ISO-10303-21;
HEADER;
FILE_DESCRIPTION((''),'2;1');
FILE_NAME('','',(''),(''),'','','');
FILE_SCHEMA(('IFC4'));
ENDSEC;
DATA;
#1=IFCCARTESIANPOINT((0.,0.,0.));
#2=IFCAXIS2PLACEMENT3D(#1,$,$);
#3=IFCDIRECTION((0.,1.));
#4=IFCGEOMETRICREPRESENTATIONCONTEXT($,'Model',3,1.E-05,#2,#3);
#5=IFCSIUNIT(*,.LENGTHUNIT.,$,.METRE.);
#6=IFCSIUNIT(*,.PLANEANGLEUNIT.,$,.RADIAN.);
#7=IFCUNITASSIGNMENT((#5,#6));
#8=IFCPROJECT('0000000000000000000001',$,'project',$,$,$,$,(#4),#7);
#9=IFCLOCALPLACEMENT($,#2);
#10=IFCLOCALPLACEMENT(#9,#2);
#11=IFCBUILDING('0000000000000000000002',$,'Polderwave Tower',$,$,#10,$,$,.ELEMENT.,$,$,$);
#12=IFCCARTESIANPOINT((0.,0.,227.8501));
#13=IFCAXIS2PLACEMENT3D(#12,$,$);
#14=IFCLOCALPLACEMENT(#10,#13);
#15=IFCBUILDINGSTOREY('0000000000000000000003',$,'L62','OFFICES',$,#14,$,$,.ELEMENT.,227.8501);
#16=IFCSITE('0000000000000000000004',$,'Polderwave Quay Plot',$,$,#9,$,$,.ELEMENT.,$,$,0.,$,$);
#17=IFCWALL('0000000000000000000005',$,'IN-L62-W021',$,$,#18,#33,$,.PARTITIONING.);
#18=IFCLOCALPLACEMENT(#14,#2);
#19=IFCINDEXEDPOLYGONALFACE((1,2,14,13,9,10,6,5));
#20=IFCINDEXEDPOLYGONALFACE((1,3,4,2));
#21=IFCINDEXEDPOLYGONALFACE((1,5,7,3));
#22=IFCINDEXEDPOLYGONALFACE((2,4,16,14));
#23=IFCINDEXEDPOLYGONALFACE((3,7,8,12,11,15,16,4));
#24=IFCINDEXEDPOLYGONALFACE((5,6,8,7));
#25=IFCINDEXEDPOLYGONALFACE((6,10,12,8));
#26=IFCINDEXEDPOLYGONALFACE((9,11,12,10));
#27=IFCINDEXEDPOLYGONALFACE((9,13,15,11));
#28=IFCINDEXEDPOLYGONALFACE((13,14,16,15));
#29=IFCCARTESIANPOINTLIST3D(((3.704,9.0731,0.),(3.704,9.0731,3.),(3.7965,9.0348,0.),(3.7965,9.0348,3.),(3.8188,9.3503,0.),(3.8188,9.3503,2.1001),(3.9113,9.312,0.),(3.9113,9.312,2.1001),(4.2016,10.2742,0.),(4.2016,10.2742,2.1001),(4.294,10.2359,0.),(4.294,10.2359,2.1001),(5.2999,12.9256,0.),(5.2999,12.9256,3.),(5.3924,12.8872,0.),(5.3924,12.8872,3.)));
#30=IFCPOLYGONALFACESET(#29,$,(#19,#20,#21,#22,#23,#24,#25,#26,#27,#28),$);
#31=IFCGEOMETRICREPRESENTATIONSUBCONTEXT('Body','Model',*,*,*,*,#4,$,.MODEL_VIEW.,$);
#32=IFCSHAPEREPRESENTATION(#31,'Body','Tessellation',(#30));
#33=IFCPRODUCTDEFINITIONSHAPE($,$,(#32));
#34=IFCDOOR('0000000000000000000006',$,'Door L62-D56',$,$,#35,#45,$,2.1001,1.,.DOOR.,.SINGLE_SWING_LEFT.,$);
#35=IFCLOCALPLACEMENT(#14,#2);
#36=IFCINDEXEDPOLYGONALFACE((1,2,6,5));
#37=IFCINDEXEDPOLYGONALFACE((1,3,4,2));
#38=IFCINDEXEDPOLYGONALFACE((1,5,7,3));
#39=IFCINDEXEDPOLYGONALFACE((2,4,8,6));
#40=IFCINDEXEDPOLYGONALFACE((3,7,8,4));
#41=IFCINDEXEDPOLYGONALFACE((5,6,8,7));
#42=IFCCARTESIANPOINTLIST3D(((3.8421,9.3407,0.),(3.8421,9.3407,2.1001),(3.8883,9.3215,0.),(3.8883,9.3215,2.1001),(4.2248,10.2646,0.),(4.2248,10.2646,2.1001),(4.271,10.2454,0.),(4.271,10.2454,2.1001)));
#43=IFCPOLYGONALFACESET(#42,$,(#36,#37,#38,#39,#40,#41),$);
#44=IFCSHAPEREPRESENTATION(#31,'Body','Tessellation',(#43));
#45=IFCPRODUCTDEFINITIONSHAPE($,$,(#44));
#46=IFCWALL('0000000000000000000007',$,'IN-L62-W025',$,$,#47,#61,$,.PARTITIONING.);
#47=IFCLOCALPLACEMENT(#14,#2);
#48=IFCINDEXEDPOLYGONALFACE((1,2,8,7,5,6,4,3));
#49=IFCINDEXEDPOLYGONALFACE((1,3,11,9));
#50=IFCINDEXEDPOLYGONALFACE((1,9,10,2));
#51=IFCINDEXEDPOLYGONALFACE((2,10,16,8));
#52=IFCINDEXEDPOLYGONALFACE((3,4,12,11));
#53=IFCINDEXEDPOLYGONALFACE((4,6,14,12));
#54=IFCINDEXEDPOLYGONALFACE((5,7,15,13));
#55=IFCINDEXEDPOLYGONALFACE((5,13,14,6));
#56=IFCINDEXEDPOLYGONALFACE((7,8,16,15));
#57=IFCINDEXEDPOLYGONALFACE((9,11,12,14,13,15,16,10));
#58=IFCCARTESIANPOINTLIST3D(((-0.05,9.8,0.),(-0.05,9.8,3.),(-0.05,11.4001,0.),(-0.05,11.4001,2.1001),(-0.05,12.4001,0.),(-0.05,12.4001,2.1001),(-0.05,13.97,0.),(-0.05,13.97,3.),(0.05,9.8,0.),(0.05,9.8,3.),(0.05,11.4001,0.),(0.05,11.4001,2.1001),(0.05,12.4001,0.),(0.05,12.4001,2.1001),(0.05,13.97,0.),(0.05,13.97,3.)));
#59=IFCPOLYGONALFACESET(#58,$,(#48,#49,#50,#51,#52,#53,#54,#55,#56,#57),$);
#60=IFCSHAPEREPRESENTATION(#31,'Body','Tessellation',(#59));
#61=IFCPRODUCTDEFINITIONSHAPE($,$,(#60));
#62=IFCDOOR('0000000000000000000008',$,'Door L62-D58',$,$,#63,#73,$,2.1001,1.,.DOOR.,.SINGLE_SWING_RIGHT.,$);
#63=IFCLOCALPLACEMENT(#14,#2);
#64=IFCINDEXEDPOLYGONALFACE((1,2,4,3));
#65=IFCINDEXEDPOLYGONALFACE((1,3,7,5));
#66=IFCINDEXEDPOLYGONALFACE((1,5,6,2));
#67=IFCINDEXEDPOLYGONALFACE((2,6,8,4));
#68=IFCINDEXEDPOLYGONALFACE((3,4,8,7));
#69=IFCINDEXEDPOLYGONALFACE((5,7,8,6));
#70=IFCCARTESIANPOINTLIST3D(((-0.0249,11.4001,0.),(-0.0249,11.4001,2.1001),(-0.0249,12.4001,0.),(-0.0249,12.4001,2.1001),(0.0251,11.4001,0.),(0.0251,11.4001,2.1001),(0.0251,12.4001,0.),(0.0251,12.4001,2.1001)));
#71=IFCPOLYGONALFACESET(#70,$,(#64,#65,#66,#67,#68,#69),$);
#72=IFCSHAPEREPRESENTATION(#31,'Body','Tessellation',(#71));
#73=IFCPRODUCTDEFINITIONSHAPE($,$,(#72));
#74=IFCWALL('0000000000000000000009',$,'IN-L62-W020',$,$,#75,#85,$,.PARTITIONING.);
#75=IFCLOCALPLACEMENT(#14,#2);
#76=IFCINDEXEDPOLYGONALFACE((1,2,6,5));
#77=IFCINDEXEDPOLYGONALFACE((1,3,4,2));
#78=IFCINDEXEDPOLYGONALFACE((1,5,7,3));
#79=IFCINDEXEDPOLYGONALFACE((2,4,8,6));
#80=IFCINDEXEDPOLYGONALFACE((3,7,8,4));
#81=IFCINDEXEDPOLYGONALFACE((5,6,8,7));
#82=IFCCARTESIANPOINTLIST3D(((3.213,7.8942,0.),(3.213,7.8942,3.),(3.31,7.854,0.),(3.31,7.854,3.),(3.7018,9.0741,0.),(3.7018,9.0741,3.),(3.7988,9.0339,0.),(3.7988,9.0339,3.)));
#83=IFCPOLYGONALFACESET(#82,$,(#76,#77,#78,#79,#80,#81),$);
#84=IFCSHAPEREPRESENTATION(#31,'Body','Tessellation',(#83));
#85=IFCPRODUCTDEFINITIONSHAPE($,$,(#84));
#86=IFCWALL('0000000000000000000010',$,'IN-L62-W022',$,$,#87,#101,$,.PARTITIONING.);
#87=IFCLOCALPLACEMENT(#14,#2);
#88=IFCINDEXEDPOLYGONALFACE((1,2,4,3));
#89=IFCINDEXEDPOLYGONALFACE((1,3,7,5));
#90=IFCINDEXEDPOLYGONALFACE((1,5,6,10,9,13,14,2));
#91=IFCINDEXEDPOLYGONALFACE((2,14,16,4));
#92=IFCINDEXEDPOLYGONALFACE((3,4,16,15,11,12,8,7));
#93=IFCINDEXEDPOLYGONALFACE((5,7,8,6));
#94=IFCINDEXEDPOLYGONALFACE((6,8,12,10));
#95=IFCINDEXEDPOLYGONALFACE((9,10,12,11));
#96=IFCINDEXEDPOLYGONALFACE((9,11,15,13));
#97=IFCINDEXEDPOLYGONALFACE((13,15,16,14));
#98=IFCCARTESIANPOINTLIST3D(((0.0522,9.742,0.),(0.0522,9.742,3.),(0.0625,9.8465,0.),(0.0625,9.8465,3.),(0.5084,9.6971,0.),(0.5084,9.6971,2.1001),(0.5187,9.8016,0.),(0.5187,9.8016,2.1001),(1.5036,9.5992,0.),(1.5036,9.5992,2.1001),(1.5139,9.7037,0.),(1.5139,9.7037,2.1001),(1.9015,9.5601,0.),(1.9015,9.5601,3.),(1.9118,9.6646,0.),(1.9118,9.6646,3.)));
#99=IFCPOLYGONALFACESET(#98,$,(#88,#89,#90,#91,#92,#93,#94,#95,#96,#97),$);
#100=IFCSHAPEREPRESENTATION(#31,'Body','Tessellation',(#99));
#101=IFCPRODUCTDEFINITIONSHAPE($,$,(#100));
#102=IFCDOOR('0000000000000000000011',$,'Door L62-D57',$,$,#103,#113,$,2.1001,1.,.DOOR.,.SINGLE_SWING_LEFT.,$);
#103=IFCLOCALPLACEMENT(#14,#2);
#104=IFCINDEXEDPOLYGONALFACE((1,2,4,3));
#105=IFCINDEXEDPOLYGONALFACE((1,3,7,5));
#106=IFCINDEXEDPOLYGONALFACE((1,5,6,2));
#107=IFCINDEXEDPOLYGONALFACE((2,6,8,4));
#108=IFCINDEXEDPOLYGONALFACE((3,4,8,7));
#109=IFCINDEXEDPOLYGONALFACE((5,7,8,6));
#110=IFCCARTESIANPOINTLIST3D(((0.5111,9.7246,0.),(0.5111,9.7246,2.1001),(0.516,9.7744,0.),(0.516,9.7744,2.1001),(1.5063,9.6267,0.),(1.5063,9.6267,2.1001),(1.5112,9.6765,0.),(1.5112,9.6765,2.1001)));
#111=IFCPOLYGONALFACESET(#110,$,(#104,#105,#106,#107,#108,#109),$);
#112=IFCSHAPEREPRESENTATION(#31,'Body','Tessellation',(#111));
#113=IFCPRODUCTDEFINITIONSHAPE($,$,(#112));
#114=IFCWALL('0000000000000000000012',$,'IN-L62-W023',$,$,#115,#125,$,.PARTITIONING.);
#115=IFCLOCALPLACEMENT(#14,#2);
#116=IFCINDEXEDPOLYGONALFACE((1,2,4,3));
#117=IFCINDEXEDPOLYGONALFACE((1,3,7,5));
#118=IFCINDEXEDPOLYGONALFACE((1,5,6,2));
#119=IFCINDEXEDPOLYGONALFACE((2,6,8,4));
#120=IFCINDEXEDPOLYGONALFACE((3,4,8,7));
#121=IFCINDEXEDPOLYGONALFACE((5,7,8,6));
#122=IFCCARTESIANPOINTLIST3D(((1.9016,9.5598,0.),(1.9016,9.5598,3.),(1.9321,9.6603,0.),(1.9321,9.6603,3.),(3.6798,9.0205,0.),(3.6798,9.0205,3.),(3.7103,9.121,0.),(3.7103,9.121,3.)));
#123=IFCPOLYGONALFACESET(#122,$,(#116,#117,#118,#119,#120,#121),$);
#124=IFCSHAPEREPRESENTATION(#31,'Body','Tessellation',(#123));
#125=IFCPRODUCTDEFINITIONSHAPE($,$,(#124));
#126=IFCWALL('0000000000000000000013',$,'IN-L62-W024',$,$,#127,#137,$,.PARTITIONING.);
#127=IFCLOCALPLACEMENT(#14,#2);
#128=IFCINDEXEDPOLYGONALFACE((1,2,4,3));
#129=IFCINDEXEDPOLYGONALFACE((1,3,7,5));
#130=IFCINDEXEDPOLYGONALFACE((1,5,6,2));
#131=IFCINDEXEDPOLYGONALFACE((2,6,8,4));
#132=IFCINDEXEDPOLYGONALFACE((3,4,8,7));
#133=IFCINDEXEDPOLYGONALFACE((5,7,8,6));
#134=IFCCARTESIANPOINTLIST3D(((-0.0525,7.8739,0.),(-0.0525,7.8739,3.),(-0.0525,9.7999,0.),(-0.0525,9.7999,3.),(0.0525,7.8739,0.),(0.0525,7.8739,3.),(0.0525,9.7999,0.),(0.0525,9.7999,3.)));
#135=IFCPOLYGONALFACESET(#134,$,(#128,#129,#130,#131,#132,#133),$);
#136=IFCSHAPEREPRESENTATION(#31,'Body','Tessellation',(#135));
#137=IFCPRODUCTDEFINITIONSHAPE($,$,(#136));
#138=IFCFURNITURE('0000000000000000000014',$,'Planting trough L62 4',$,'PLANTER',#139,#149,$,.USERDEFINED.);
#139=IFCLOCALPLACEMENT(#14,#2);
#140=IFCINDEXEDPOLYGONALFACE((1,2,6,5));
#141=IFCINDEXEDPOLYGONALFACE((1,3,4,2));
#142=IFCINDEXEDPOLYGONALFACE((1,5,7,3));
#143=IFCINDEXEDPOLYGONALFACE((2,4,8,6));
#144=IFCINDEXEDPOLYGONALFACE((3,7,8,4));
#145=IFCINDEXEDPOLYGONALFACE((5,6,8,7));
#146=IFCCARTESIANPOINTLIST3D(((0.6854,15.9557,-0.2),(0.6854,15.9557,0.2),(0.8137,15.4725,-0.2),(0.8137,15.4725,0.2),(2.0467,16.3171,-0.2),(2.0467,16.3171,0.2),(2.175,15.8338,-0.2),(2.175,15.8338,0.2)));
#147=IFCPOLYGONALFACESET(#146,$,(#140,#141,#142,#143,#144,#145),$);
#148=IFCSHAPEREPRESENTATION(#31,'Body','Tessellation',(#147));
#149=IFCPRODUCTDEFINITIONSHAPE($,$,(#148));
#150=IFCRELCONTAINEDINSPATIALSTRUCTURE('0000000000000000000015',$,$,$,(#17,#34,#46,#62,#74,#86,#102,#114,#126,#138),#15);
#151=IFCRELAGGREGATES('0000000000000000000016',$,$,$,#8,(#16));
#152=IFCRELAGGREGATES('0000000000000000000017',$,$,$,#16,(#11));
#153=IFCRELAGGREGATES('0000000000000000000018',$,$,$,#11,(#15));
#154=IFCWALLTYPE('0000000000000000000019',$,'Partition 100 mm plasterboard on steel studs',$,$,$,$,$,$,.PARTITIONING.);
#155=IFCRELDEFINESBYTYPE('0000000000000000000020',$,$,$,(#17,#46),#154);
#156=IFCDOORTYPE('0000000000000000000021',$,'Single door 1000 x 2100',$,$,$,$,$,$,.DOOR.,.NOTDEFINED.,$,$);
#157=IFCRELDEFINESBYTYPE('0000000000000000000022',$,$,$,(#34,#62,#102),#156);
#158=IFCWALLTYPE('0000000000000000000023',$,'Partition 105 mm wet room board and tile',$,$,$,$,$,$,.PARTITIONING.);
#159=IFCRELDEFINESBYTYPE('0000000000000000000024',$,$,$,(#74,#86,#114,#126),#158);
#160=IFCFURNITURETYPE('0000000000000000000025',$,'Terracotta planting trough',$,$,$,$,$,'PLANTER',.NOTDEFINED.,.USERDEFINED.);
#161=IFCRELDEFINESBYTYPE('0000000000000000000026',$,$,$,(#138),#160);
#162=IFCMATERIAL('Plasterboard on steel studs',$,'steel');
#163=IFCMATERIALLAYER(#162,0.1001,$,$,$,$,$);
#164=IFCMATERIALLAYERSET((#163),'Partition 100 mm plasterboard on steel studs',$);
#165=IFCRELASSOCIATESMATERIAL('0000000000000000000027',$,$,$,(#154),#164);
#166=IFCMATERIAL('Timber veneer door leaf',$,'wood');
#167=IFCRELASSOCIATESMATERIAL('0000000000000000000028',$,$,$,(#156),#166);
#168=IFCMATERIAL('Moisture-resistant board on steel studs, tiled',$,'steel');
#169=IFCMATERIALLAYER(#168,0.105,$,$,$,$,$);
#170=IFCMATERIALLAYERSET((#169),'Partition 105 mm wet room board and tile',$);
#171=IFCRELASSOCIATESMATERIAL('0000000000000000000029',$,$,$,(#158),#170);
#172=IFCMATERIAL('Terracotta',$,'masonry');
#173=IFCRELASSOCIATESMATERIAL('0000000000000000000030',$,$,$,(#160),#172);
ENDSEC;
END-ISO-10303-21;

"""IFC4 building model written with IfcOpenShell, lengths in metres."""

from ifc_helpers import new_model, si_unit, direction, frame, frame_2d, origin, origin_2d, place, context, subcontext, project, spatial, rectangle, extrude, material, layer, layer_set, type_object, element, fill, save


model = new_model("IFC4")

# Units and contexts
model_context = context("Model", 3, precision=1e-05, world=origin(), true_north=direction((0.0, 1.0)))
body_context = subcontext(model_context, "Body", "Model", "MODEL_VIEW")
ifc_project = project(units=[si_unit("LENGTHUNIT", "METRE"), si_unit("PLANEANGLEUNIT", "RADIAN")], contexts=[model_context])

# Site, building, storey
site_placement = place(None, origin())
site = spatial("IfcSite", under=ifc_project, at=site_placement, Name="Polderwave Quay Plot", CompositionType="ELEMENT", RefElevation=0.0)
building_placement = place(site_placement, origin())
building = spatial("IfcBuilding", under=site, at=building_placement, Name="Polderwave Tower", CompositionType="ELEMENT")
storey_placement = place(building_placement, frame((0.0, 0.0, 227.8501)))
storey = spatial("IfcBuildingStorey", under=building, at=storey_placement, Name="L62", Description="OFFICES", CompositionType="ELEMENT", Elevation=227.8501)

# Walls, openings, doors
ifc_material_1 = material(Name="Plasterboard on steel studs", Category="steel")
ifc_layer_1 = layer(ifc_material_1, 0.1001)
ifc_layer_set_1 = layer_set([ifc_layer_1], Name="Partition 100 mm plasterboard on steel studs")
wall_type_1 = type_object("IfcWallType", Name="Partition 100 mm plasterboard on steel studs", PredefinedType="PARTITIONING", material=ifc_layer_set_1)
wall_1_placement = place(storey_placement, frame((3.7502, 9.054, 0.0), z_axis=(0.0, 0.0, 1.0), x_axis=(0.382719, 0.923865, 0.0)))
wall_1 = element("IfcWall", 1, at=wall_1_placement, inside=storey, type_object=wall_type_1, Name="IN-L62-W021", PredefinedType="PARTITIONING", context=body_context, shape_type="SweptSolid", body=[
    extrude(rectangle(XDim=4.1699, YDim=0.1001, at=frame_2d((2.085, 0.0))), origin(), (0.0, 0.0, 1.0), 3.0),
])
opening_1_placement = place(wall_1_placement, frame((0.3, 0.0, 0.0)))
opening_1 = element("IfcOpeningElement", 2, at=opening_1_placement, cuts=wall_1, PredefinedType="OPENING", context=body_context, shape_type="SweptSolid", body=[
    extrude(rectangle(XDim=1.0, YDim=2.1001, at=frame_2d((0.5, 1.05))), frame((0.0, 0.0601, 0.0), z_axis=(0.0, -1.0, 0.0), x_axis=(1.0, 0.0, 0.0)), (0.0, 0.0, 1.0), 0.1201),
])
ifc_material_2 = material(Name="Timber veneer door leaf", Category="wood")
door_type = type_object("IfcDoorType", Name="Single door 1000 x 2100", OperationType="NOTDEFINED", PredefinedType="DOOR", material=ifc_material_2)
door_1_placement = place(opening_1_placement, origin())
door_1 = element("IfcDoor", 3, at=door_1_placement, inside=storey, type_object=door_type, Name="Door L62-D56", OperationType="SINGLE_SWING_LEFT", OverallHeight=2.1001, OverallWidth=1.0, PredefinedType="DOOR", context=body_context, shape_type="SweptSolid", body=[
    extrude(rectangle(XDim=1.0, YDim=2.1001, at=frame_2d((0.5, 1.05))), frame((0.0, 0.0249, 0.0), z_axis=(0.0, -1.0, 0.0), x_axis=(1.0, 0.0, 0.0)), (0.0, 0.0, 1.0), 0.05),
])
fill(opening_1, door_1)
wall_2_placement = place(storey_placement, frame((0.0, 9.8, 0.0), z_axis=(0.0, 0.0, 1.0), x_axis=(0.0, 1.0, 0.0)))
wall_2 = element("IfcWall", 4, at=wall_2_placement, inside=storey, type_object=wall_type_1, Name="IN-L62-W025", PredefinedType="PARTITIONING", context=body_context, shape_type="SweptSolid", body=[
    extrude(rectangle(XDim=4.1699, YDim=0.1001, at=frame_2d((2.085, 0.0))), origin(), (0.0, 0.0, 1.0), 3.0),
])
opening_2_placement = place(wall_2_placement, frame((1.6001, 0.0, 0.0)))
opening_2 = element("IfcOpeningElement", 5, at=opening_2_placement, cuts=wall_2, PredefinedType="OPENING", context=body_context, shape_type="SweptSolid", body=[
    extrude(rectangle(XDim=1.0, YDim=2.1001, at=frame_2d((0.5, 1.05))), frame((0.0, 0.0601, 0.0), z_axis=(0.0, -1.0, 0.0), x_axis=(1.0, 0.0, 0.0)), (0.0, 0.0, 1.0), 0.1201),
])
door_2_placement = place(opening_2_placement, origin())
door_2 = element("IfcDoor", 6, at=door_2_placement, inside=storey, type_object=door_type, Name="Door L62-D58", OperationType="SINGLE_SWING_RIGHT", OverallHeight=2.1001, OverallWidth=1.0, PredefinedType="DOOR", context=body_context, shape_type="SweptSolid", body=[
    extrude(rectangle(XDim=1.0, YDim=2.1001, at=frame_2d((0.5, 1.05))), frame((0.0, 0.0249, 0.0), z_axis=(0.0, -1.0, 0.0), x_axis=(1.0, 0.0, 0.0)), (0.0, 0.0, 1.0), 0.05),
])
fill(opening_2, door_2)

# Wall
ifc_material_3 = material(Name="Moisture-resistant board on steel studs, tiled", Category="steel")
ifc_layer_2 = layer(ifc_material_3, 0.105)
ifc_layer_set_2 = layer_set([ifc_layer_2], Name="Partition 105 mm wet room board and tile")
wall_type_2 = type_object("IfcWallType", Name="Partition 105 mm wet room board and tile", PredefinedType="PARTITIONING", material=ifc_layer_set_2)
wall_3_placement = place(storey_placement, frame((3.2615, 7.874, 0.0), z_axis=(0.0, 0.0, 1.0), x_axis=(0.382701, 0.923872, 0.0)))
element("IfcWall", 7, at=wall_3_placement, inside=storey, type_object=wall_type_2, Name="IN-L62-W020", PredefinedType="PARTITIONING", context=body_context, shape_type="SweptSolid", body=[
    extrude(rectangle(XDim=1.2771, YDim=0.105, at=frame_2d((0.6387, 0.0))), origin(), (0.0, 0.0, 1.0), 3.0),
])

# Wall, opening, door
wall_4_placement = place(storey_placement, frame((1.9067, 9.6123, 0.0), z_axis=(0.0, 0.0, 1.0), x_axis=(-0.995197, 0.09789, 0.0)))
wall_4 = element("IfcWall", 8, at=wall_4_placement, inside=storey, type_object=wall_type_2, Name="IN-L62-W022", PredefinedType="PARTITIONING", context=body_context, shape_type="SweptSolid", body=[
    extrude(rectangle(XDim=1.8582, YDim=0.105, at=frame_2d((0.9292, 0.0))), origin(), (0.0, 0.0, 1.0), 3.0),
])
opening_3_placement = place(wall_4_placement, frame((0.3999, 0.0, 0.0)))
opening_3 = element("IfcOpeningElement", 9, at=opening_3_placement, cuts=wall_4, PredefinedType="OPENING", context=body_context, shape_type="SweptSolid", body=[
    extrude(rectangle(XDim=1.0, YDim=2.1001, at=frame_2d((0.5, 1.05))), frame((0.0, 0.0625, 0.0), z_axis=(0.0, -1.0, 0.0), x_axis=(1.0, 0.0, 0.0)), (0.0, 0.0, 1.0), 0.125),
])
door_3_placement = place(opening_3_placement, origin())
door_3 = element("IfcDoor", 10, at=door_3_placement, inside=storey, type_object=door_type, Name="Door L62-D57", OperationType="SINGLE_SWING_LEFT", OverallHeight=2.1001, OverallWidth=1.0, PredefinedType="DOOR", context=body_context, shape_type="SweptSolid", body=[
    extrude(rectangle(XDim=1.0, YDim=2.1001, at=frame_2d((0.5, 1.05))), frame((0.0, 0.0249, 0.0), z_axis=(0.0, -1.0, 0.0), x_axis=(1.0, 0.0, 0.0)), (0.0, 0.0, 1.0), 0.05),
])
fill(opening_3, door_3)

# Walls
wall_5_placement = place(storey_placement, frame((1.9167, 9.6101, 0.0), z_axis=(0.0, 0.0, 1.0), x_axis=(0.95695, -0.290252, 0.0)))
element("IfcWall", 11, at=wall_5_placement, inside=storey, type_object=wall_type_2, Name="IN-L62-W023", PredefinedType="PARTITIONING", context=body_context, shape_type="SweptSolid", body=[
    extrude(rectangle(XDim=1.8582, YDim=0.105, at=frame_2d((0.9292, 0.0))), origin(), (0.0, 0.0, 1.0), 3.0),
])
wall_6_placement = place(storey_placement, frame((0.0, 7.874, 0.0), z_axis=(0.0, 0.0, 1.0), x_axis=(0.0, 1.0, 0.0)))
element("IfcWall", 12, at=wall_6_placement, inside=storey, type_object=wall_type_2, Name="IN-L62-W024", PredefinedType="PARTITIONING", context=body_context, shape_type="SweptSolid", body=[
    extrude(rectangle(XDim=1.926, YDim=0.105, at=frame_2d((0.9629, 0.0))), origin(), (0.0, 0.0, 1.0), 3.0),
])

# Furniture
ifc_material_4 = material(Name="Terracotta", Category="masonry")
furniture_type = type_object("IfcFurnitureType", Name="Terracotta planting trough", ElementType="PLANTER", AssemblyPlace="NOTDEFINED", PredefinedType="USERDEFINED", material=ifc_material_4)
furniture_placement = place(storey_placement, frame((1.4302, 15.8948, -0.2), z_axis=(0.0, 0.0, 1.0), x_axis=(-0.966525, -0.256571, 0.0)))
element("IfcFurniture", 13, at=furniture_placement, inside=storey, type_object=furniture_type, Name="Planting trough L62 4", ObjectType="PLANTER", PredefinedType="USERDEFINED", context=body_context, shape_type="SweptSolid", body=[
    extrude(rectangle(XDim=1.4084, YDim=0.5, at=origin_2d()), origin(), (0.0, 0.0, 1.0), 0.3999),
])

save(model, "model.ifc")
